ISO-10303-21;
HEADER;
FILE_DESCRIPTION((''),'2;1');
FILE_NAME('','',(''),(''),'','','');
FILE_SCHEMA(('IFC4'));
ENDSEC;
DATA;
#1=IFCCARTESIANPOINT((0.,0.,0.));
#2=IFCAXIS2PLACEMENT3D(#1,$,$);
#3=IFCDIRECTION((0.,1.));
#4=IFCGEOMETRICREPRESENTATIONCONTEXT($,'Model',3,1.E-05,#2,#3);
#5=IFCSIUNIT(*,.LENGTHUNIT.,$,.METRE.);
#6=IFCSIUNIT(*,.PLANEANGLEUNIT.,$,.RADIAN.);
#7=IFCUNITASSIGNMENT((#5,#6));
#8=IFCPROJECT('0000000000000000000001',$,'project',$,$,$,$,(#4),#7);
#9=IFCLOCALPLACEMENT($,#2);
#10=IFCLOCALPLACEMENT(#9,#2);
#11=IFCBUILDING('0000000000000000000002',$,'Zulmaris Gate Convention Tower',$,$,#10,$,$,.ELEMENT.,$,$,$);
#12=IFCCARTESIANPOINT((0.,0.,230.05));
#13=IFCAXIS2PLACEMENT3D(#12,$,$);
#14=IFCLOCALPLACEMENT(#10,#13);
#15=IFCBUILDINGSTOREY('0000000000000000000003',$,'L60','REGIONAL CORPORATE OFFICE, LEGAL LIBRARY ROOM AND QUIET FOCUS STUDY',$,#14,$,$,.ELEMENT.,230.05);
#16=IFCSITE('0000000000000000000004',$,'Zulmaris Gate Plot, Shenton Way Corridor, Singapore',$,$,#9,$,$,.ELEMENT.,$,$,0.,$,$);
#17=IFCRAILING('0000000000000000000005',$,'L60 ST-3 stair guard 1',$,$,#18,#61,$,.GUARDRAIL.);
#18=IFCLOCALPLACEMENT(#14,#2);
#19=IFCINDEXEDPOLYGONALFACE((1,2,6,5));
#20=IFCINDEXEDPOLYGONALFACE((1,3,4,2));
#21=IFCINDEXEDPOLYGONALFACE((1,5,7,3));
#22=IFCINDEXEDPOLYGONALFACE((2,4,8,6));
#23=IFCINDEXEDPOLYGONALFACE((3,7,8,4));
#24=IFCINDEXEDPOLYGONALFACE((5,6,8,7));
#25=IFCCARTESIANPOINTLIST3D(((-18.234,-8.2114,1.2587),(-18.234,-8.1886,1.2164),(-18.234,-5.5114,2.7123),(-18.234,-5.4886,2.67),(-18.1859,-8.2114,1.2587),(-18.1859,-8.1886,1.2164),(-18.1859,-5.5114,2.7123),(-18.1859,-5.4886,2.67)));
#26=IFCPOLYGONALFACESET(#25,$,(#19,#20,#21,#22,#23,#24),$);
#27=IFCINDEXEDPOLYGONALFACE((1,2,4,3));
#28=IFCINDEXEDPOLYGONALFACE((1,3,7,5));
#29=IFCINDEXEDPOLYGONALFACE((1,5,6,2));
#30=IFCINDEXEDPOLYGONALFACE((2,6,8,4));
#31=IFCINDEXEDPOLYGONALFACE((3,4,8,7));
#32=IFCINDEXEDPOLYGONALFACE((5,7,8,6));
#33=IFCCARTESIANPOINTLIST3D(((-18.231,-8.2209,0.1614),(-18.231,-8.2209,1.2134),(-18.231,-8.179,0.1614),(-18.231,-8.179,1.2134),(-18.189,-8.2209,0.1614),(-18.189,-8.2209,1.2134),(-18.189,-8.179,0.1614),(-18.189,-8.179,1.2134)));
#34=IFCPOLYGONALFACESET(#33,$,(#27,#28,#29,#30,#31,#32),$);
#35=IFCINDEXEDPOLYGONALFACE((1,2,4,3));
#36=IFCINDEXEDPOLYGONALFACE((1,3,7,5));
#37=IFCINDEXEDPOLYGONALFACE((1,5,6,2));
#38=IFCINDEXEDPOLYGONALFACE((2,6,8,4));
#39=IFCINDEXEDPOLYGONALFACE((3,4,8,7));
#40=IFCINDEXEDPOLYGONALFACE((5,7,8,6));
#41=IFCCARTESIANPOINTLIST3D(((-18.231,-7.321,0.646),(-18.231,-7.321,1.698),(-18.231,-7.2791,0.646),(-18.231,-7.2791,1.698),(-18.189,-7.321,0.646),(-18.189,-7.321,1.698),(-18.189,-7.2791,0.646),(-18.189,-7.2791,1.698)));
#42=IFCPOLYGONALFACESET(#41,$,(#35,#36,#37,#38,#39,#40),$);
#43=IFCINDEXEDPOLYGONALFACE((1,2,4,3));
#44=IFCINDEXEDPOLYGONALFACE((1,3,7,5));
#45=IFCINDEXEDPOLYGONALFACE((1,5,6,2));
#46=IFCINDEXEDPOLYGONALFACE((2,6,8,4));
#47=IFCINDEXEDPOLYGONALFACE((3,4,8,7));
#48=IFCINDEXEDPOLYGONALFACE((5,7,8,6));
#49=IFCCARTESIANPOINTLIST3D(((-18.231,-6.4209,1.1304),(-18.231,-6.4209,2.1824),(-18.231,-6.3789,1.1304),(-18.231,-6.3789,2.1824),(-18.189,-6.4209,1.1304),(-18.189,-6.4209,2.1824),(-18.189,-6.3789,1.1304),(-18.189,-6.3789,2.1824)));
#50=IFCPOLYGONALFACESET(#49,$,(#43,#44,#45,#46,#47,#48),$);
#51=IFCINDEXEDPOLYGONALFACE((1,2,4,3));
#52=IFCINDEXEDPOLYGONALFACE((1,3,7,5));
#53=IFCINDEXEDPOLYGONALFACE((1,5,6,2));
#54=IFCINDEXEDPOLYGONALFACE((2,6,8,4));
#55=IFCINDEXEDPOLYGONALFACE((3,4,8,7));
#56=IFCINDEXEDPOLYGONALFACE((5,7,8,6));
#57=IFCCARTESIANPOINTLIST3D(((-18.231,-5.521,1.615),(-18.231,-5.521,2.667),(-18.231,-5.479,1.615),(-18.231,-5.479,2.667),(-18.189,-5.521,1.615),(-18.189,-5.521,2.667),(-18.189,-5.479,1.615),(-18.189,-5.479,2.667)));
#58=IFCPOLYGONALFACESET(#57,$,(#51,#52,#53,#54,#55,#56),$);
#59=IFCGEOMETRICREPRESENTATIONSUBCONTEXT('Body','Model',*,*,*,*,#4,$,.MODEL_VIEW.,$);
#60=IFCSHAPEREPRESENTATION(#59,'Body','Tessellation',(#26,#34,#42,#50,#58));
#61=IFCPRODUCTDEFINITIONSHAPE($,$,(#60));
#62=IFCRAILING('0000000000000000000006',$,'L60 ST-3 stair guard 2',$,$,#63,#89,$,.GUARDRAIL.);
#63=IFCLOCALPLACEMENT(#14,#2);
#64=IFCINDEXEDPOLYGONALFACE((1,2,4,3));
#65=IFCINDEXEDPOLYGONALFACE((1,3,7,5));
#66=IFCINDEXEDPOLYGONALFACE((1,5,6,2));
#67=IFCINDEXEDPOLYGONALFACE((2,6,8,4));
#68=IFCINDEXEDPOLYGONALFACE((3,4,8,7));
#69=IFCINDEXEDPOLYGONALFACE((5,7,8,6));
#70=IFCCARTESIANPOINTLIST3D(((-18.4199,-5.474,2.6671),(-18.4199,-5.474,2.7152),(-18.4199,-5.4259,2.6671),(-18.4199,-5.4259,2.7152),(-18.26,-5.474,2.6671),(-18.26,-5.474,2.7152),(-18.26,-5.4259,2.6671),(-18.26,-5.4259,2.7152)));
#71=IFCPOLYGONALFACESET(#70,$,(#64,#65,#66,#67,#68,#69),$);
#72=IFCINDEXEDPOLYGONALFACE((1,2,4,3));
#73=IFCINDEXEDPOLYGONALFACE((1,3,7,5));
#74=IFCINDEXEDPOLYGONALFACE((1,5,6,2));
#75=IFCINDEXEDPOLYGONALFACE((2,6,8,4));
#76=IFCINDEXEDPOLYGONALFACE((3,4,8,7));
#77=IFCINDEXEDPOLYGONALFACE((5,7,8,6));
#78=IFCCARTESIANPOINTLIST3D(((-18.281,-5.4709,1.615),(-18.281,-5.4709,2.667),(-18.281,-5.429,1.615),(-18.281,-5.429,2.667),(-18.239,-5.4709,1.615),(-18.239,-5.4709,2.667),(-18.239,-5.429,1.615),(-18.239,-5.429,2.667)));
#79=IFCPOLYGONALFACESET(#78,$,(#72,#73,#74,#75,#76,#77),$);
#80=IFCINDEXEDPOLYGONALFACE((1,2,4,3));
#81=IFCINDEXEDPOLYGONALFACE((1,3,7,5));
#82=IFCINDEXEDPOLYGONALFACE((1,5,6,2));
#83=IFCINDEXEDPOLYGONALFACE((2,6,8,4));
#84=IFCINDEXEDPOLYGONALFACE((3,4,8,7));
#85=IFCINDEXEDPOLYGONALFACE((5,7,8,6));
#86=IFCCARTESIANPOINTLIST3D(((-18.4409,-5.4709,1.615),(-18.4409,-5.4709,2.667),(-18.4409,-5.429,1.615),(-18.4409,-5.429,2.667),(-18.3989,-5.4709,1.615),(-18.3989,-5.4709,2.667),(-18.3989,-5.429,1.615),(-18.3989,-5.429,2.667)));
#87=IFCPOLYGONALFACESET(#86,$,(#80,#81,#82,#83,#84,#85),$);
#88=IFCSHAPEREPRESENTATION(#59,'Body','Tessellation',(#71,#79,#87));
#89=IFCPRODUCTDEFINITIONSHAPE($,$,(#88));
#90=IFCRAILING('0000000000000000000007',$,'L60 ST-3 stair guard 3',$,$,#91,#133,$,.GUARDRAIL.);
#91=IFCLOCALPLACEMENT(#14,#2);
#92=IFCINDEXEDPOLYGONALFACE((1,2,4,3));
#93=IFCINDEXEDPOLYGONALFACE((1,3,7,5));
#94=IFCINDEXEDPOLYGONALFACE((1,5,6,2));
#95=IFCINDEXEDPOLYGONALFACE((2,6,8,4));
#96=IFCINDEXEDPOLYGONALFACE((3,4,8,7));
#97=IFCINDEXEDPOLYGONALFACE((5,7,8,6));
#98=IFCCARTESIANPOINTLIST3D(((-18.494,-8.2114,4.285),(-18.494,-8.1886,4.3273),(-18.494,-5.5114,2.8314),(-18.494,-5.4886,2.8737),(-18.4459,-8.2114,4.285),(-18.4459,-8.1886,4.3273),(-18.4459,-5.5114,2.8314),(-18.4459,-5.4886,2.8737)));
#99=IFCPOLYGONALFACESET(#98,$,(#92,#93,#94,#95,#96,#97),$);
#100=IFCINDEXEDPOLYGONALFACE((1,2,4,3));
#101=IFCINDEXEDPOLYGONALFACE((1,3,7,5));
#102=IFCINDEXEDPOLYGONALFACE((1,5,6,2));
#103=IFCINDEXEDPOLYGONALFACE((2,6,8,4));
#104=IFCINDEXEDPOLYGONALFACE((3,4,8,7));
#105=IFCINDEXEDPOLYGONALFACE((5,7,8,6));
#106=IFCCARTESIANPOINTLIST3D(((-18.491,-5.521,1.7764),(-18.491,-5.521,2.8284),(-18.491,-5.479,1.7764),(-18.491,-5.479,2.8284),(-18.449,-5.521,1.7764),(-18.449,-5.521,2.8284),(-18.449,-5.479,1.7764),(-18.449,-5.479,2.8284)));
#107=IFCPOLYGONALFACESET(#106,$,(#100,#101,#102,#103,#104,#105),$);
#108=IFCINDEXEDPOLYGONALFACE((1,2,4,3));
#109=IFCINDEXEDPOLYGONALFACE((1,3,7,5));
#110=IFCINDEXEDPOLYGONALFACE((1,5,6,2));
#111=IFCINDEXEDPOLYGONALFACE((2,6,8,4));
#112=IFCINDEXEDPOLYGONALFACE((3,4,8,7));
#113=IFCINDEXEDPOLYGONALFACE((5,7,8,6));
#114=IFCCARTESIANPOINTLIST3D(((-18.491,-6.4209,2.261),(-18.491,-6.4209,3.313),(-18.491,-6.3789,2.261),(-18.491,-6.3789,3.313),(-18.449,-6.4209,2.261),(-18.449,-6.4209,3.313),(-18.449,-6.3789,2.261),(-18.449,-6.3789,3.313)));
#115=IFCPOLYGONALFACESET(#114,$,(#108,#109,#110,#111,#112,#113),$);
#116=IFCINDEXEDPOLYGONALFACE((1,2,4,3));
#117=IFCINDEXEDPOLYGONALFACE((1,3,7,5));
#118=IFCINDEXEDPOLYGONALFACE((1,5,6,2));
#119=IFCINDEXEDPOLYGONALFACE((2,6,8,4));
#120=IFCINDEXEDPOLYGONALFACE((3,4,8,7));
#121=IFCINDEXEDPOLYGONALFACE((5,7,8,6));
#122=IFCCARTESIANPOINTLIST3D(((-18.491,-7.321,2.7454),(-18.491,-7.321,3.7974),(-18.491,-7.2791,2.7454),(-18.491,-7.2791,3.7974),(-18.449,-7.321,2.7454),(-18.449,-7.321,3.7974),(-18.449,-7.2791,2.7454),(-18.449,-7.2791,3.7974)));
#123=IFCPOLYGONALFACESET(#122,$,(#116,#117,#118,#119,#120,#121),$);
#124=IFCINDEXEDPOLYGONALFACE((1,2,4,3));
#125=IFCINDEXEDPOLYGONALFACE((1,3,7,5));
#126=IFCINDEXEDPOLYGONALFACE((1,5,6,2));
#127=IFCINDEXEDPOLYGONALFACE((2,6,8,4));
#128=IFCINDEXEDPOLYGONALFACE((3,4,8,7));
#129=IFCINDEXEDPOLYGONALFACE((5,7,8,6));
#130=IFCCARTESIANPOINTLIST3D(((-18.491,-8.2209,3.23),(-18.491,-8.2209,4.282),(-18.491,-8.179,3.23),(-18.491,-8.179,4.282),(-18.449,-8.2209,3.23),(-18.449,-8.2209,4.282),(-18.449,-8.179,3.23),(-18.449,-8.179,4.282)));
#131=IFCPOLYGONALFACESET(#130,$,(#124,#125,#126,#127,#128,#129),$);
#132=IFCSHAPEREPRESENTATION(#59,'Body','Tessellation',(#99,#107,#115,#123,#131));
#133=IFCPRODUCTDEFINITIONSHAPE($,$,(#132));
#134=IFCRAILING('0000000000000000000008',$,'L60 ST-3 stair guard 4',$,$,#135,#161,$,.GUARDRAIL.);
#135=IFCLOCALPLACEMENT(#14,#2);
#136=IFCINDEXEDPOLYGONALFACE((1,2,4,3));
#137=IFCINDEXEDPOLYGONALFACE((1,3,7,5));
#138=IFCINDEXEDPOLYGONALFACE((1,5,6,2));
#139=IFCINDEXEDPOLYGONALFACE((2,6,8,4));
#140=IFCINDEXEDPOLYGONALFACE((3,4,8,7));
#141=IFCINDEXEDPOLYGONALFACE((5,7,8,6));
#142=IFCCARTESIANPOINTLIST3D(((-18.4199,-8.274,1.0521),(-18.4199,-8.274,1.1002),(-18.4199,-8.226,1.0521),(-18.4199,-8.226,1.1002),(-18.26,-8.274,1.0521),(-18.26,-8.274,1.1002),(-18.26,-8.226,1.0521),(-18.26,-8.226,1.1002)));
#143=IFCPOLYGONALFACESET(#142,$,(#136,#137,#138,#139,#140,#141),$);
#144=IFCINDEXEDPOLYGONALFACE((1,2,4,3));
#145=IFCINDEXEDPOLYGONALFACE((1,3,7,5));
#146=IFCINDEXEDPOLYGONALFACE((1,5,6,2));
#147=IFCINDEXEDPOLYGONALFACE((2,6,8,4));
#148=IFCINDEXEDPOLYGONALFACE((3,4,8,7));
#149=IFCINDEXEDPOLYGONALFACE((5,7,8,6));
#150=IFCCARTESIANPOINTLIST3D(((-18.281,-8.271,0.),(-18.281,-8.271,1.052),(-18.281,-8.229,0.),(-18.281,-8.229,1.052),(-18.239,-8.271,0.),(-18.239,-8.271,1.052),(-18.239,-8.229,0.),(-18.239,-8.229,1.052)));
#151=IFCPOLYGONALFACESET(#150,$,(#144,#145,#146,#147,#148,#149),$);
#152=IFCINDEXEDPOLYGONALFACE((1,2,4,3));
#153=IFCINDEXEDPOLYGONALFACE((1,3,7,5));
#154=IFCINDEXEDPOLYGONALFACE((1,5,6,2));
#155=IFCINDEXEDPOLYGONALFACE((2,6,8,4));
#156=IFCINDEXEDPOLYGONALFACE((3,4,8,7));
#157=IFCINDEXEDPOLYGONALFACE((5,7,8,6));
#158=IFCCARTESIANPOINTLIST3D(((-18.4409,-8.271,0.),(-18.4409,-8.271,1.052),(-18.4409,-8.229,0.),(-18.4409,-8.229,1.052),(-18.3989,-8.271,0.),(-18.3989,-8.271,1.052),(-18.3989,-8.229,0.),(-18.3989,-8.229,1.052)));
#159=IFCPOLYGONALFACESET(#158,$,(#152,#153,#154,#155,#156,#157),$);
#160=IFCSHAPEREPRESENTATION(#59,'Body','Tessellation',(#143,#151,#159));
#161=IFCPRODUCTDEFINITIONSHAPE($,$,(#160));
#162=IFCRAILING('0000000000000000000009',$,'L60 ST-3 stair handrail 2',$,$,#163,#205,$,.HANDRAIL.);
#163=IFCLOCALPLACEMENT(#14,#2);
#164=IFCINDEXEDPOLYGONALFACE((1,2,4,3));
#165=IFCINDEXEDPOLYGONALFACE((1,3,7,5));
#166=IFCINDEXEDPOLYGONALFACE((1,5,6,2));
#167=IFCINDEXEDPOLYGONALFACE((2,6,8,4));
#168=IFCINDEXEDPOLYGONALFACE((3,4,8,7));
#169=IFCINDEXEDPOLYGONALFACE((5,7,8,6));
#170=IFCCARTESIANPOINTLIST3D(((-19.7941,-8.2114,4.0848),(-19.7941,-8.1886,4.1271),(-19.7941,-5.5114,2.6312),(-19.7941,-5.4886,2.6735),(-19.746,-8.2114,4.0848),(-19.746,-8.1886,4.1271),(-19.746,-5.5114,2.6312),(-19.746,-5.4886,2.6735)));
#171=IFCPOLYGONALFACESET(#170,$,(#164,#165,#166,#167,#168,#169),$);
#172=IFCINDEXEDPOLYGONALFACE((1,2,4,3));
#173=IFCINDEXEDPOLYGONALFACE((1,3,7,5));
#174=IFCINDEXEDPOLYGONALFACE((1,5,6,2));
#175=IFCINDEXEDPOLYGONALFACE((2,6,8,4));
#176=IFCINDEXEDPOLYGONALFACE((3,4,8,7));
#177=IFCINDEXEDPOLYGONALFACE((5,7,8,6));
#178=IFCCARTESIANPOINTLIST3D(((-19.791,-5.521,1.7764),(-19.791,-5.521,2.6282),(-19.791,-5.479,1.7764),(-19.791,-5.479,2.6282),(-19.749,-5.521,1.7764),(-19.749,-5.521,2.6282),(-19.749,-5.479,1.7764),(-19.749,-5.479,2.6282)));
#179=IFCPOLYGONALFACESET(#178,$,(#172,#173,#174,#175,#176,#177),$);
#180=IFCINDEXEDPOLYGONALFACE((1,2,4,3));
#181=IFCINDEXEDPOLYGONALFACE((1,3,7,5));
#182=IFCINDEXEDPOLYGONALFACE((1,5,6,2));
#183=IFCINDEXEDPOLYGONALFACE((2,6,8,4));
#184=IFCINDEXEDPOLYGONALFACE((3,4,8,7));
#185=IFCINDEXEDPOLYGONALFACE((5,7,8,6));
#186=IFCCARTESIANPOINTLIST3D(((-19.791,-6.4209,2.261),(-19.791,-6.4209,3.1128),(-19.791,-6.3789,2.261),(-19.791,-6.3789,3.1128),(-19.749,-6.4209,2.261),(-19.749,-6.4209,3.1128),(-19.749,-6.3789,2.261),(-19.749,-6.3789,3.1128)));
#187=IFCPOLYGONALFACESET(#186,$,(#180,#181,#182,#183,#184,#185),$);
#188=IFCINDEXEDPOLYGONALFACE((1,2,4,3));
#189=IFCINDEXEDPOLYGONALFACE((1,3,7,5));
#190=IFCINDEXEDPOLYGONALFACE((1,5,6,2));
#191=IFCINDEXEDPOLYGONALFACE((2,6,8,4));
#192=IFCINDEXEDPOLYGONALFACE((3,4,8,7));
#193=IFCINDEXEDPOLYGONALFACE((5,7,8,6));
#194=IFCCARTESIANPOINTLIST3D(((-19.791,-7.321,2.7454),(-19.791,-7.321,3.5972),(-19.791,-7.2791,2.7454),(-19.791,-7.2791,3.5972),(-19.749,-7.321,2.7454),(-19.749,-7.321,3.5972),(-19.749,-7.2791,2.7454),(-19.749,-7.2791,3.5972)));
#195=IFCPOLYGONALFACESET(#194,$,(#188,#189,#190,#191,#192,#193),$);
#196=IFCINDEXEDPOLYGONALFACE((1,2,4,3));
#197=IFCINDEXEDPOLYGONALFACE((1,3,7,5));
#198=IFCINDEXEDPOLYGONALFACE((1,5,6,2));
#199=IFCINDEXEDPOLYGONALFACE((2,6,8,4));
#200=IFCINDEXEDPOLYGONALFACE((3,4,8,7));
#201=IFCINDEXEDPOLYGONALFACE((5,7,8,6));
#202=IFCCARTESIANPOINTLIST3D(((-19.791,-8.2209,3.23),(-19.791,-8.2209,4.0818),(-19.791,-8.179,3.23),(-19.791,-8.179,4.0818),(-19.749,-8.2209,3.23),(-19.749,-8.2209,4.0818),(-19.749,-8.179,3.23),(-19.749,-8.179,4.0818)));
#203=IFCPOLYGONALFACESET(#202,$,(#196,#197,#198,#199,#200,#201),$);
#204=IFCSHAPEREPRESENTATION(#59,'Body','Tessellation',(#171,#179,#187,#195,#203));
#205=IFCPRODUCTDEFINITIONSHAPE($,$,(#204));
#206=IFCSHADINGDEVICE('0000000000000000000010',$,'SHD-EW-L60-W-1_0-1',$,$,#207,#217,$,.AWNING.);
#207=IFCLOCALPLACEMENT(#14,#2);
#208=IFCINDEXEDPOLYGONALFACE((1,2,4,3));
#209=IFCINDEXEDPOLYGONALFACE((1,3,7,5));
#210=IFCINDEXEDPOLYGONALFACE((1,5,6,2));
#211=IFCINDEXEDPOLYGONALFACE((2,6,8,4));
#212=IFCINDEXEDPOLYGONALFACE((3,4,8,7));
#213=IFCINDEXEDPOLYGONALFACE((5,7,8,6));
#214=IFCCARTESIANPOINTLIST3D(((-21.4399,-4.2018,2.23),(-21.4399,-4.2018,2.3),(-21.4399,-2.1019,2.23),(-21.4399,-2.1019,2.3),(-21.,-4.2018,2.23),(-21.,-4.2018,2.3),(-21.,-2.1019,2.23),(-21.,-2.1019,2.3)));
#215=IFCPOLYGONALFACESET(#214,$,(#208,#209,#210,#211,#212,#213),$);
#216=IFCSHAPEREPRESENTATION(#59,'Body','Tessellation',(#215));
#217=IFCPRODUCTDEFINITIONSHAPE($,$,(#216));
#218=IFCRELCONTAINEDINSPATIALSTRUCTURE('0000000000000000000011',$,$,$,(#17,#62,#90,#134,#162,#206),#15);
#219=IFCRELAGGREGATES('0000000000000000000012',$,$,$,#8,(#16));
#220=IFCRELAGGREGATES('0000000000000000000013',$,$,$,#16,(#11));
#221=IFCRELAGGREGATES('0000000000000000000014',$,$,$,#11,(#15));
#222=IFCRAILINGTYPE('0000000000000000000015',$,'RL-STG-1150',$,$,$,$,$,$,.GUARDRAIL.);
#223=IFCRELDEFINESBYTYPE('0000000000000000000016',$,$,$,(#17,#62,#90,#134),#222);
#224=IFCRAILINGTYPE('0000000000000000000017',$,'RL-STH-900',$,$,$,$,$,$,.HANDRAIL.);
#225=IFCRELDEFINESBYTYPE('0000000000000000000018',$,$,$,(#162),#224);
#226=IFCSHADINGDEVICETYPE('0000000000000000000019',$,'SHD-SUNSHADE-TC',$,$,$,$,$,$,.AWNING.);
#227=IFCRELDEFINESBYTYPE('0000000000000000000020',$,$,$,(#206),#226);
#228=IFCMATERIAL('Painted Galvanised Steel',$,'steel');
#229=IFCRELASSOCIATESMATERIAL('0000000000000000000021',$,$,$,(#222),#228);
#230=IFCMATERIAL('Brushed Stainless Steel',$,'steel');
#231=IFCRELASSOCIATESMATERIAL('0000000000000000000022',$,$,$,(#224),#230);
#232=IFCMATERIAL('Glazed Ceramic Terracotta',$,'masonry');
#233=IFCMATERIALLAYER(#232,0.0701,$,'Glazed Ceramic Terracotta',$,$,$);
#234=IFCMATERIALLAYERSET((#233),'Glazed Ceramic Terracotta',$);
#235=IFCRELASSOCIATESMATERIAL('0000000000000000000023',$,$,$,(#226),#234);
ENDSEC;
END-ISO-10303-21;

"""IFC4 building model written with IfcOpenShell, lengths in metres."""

from ifc_helpers import new_model, si_unit, direction, frame, frame_2d, origin, origin_2d, place, context, subcontext, project, spatial, rectangle, extrude, material, layer, layer_set, type_object, element, save


model = new_model("IFC4")

# Units and contexts
model_context = context("Model", 3, precision=1e-05, world=origin(), true_north=direction((0.0, 1.0)))
body_context = subcontext(model_context, "Body", "Model", "MODEL_VIEW")
ifc_project = project(units=[si_unit("LENGTHUNIT", "METRE"), si_unit("PLANEANGLEUNIT", "RADIAN")], contexts=[model_context])

# Site, building, storey
site_placement = place(None, origin())
site = spatial("IfcSite", under=ifc_project, at=site_placement, Name="Zulmaris Gate Plot, Shenton Way Corridor, Singapore", CompositionType="ELEMENT", RefElevation=0.0)
building_placement = place(site_placement, origin())
building = spatial("IfcBuilding", under=site, at=building_placement, Name="Zulmaris Gate Convention Tower", CompositionType="ELEMENT")
storey_placement = place(building_placement, frame((0.0, 0.0, 230.05)))
storey = spatial("IfcBuildingStorey", under=building, at=storey_placement, Name="L60", Description="REGIONAL CORPORATE OFFICE, LEGAL LIBRARY ROOM AND QUIET FOCUS STUDY", CompositionType="ELEMENT", Elevation=230.05)

# Shared definitions
ifc_material_1 = material(Name="Brushed Stainless Steel", Category="steel")

# Railings
ifc_material_2 = material(Name="Painted Galvanised Steel", Category="steel")
railing_type_1 = type_object("IfcRailingType", Name="RL-STG-1150", PredefinedType="GUARDRAIL", material=ifc_material_2)
railing_1_placement = place(storey_placement, frame((-18.21, -8.2, 0.1614)))
element("IfcRailing", 1, at=railing_1_placement, inside=storey, type_object=railing_type_1, Name="L60 ST-3 stair guard 1", PredefinedType="GUARDRAIL", context=body_context, shape_type="SweptSolid", body=[
    extrude(rectangle(XDim=0.0481, YDim=0.0481, at=origin_2d()), frame((0.0, 0.0, 1.0762), z_axis=(0.0, 0.880499, 0.474048), x_axis=(-1.0, 0.0, 0.0)), (0.0, 0.0, 1.0), 3.0664),
    extrude(rectangle(XDim=0.042, YDim=0.042, at=origin_2d()), origin(), (0.0, 0.0, 1.0), 1.052),
    extrude(rectangle(XDim=0.042, YDim=0.042, at=origin_2d()), frame((0.0, 0.8999, 0.4846)), (0.0, 0.0, 1.0), 1.052),
    extrude(rectangle(XDim=0.042, YDim=0.042, at=origin_2d()), frame((0.0, 1.8, 0.969)), (0.0, 0.0, 1.0), 1.052),
    extrude(rectangle(XDim=0.042, YDim=0.042, at=origin_2d()), frame((0.0, 2.7, 1.4536)), (0.0, 0.0, 1.0), 1.052),
])
railing_2_placement = place(storey_placement, frame((-18.26, -5.45, 1.615)))
element("IfcRailing", 2, at=railing_2_placement, inside=storey, type_object=railing_type_1, Name="L60 ST-3 stair guard 2", PredefinedType="GUARDRAIL", context=body_context, shape_type="SweptSolid", body=[
    extrude(rectangle(XDim=0.0481, YDim=0.0481, at=origin_2d()), frame((0.0, 0.0, 1.0762), z_axis=(-1.0, 0.0, 0.0), x_axis=(0.0, -1.0, 0.0)), (0.0, 0.0, 1.0), 0.1599),
    extrude(rectangle(XDim=0.042, YDim=0.042, at=origin_2d()), origin(), (0.0, 0.0, 1.0), 1.052),
    extrude(rectangle(XDim=0.042, YDim=0.042, at=origin_2d()), frame((-0.1599, 0.0, 0.0)), (0.0, 0.0, 1.0), 1.052),
])
railing_3_placement = place(storey_placement, frame((-18.47, -5.5, 1.7764)))
element("IfcRailing", 3, at=railing_3_placement, inside=storey, type_object=railing_type_1, Name="L60 ST-3 stair guard 3", PredefinedType="GUARDRAIL", context=body_context, shape_type="SweptSolid", body=[
    extrude(rectangle(XDim=0.0481, YDim=0.0481, at=origin_2d()), frame((0.0, 0.0, 1.0762), z_axis=(0.0, -0.880499, 0.474048), x_axis=(1.0, 0.0, 0.0)), (0.0, 0.0, 1.0), 3.0664),
    extrude(rectangle(XDim=0.042, YDim=0.042, at=origin_2d()), origin(), (0.0, 0.0, 1.0), 1.052),
    extrude(rectangle(XDim=0.042, YDim=0.042, at=origin_2d()), frame((0.0, -0.8999, 0.4846)), (0.0, 0.0, 1.0), 1.052),
    extrude(rectangle(XDim=0.042, YDim=0.042, at=origin_2d()), frame((0.0, -1.8, 0.969)), (0.0, 0.0, 1.0), 1.052),
    extrude(rectangle(XDim=0.042, YDim=0.042, at=origin_2d()), frame((0.0, -2.7, 1.4536)), (0.0, 0.0, 1.0), 1.052),
])
railing_4_placement = place(storey_placement, frame((-18.26, -8.25, 0.0)))
element("IfcRailing", 4, at=railing_4_placement, inside=storey, type_object=railing_type_1, Name="L60 ST-3 stair guard 4", PredefinedType="GUARDRAIL", context=body_context, shape_type="SweptSolid", body=[
    extrude(rectangle(XDim=0.0481, YDim=0.0481, at=origin_2d()), frame((0.0, 0.0, 1.0762), z_axis=(-1.0, 0.0, 0.0), x_axis=(0.0, -1.0, 0.0)), (0.0, 0.0, 1.0), 0.1599),
    extrude(rectangle(XDim=0.042, YDim=0.042, at=origin_2d()), origin(), (0.0, 0.0, 1.0), 1.052),
    extrude(rectangle(XDim=0.042, YDim=0.042, at=origin_2d()), frame((-0.1599, 0.0, 0.0)), (0.0, 0.0, 1.0), 1.052),
])
railing_type_2 = type_object("IfcRailingType", Name="RL-STH-900", PredefinedType="HANDRAIL", material=ifc_material_1)
railing_5_placement = place(storey_placement, frame((-19.77, -5.5, 1.7764)))
element("IfcRailing", 5, at=railing_5_placement, inside=storey, type_object=railing_type_2, Name="L60 ST-3 stair handrail 2", PredefinedType="HANDRAIL", context=body_context, shape_type="SweptSolid", body=[
    extrude(rectangle(XDim=0.0481, YDim=0.0481, at=origin_2d()), frame((0.0, 0.0, 0.876), z_axis=(0.0, -0.880499, 0.474048), x_axis=(1.0, 0.0, 0.0)), (0.0, 0.0, 1.0), 3.0664),
    extrude(rectangle(XDim=0.042, YDim=0.042, at=origin_2d()), origin(), (0.0, 0.0, 1.0), 0.8518),
    extrude(rectangle(XDim=0.042, YDim=0.042, at=origin_2d()), frame((0.0, -0.8999, 0.4846)), (0.0, 0.0, 1.0), 0.8518),
    extrude(rectangle(XDim=0.042, YDim=0.042, at=origin_2d()), frame((0.0, -1.8, 0.969)), (0.0, 0.0, 1.0), 0.8518),
    extrude(rectangle(XDim=0.042, YDim=0.042, at=origin_2d()), frame((0.0, -2.7, 1.4536)), (0.0, 0.0, 1.0), 0.8518),
])

# Shading device
ifc_material_3 = material(Name="Glazed Ceramic Terracotta", Category="masonry")
ifc_layer_1 = layer(ifc_material_3, 0.0701, Name="Glazed Ceramic Terracotta")
ifc_layer_set_1 = layer_set([ifc_layer_1], Name="Glazed Ceramic Terracotta")
shading_device_type = type_object("IfcShadingDeviceType", Name="SHD-SUNSHADE-TC", PredefinedType="AWNING", material=ifc_layer_set_1)
for number, where, z_axis, x_axis, name in (
    (6, (-21.22, -2.1021, 2.23), (0.0, 0.0, 1.0), (0.0, -1.0, 0.0), "SHD-EW-L60-W-1_0-1"),
):
    element("IfcShadingDevice", number, at=place(storey_placement, frame(where, z_axis=z_axis, x_axis=x_axis)), inside=storey, type_object=shading_device_type, Name=name, PredefinedType="AWNING", context=body_context, shape_type="SweptSolid", body=[
        extrude(rectangle(XDim=2.0999, YDim=0.4399, at=frame_2d((1.0498, 0.0))), origin(), (0.0, 0.0, 1.0), 0.0701),
    ])

save(model, "model.ifc")
